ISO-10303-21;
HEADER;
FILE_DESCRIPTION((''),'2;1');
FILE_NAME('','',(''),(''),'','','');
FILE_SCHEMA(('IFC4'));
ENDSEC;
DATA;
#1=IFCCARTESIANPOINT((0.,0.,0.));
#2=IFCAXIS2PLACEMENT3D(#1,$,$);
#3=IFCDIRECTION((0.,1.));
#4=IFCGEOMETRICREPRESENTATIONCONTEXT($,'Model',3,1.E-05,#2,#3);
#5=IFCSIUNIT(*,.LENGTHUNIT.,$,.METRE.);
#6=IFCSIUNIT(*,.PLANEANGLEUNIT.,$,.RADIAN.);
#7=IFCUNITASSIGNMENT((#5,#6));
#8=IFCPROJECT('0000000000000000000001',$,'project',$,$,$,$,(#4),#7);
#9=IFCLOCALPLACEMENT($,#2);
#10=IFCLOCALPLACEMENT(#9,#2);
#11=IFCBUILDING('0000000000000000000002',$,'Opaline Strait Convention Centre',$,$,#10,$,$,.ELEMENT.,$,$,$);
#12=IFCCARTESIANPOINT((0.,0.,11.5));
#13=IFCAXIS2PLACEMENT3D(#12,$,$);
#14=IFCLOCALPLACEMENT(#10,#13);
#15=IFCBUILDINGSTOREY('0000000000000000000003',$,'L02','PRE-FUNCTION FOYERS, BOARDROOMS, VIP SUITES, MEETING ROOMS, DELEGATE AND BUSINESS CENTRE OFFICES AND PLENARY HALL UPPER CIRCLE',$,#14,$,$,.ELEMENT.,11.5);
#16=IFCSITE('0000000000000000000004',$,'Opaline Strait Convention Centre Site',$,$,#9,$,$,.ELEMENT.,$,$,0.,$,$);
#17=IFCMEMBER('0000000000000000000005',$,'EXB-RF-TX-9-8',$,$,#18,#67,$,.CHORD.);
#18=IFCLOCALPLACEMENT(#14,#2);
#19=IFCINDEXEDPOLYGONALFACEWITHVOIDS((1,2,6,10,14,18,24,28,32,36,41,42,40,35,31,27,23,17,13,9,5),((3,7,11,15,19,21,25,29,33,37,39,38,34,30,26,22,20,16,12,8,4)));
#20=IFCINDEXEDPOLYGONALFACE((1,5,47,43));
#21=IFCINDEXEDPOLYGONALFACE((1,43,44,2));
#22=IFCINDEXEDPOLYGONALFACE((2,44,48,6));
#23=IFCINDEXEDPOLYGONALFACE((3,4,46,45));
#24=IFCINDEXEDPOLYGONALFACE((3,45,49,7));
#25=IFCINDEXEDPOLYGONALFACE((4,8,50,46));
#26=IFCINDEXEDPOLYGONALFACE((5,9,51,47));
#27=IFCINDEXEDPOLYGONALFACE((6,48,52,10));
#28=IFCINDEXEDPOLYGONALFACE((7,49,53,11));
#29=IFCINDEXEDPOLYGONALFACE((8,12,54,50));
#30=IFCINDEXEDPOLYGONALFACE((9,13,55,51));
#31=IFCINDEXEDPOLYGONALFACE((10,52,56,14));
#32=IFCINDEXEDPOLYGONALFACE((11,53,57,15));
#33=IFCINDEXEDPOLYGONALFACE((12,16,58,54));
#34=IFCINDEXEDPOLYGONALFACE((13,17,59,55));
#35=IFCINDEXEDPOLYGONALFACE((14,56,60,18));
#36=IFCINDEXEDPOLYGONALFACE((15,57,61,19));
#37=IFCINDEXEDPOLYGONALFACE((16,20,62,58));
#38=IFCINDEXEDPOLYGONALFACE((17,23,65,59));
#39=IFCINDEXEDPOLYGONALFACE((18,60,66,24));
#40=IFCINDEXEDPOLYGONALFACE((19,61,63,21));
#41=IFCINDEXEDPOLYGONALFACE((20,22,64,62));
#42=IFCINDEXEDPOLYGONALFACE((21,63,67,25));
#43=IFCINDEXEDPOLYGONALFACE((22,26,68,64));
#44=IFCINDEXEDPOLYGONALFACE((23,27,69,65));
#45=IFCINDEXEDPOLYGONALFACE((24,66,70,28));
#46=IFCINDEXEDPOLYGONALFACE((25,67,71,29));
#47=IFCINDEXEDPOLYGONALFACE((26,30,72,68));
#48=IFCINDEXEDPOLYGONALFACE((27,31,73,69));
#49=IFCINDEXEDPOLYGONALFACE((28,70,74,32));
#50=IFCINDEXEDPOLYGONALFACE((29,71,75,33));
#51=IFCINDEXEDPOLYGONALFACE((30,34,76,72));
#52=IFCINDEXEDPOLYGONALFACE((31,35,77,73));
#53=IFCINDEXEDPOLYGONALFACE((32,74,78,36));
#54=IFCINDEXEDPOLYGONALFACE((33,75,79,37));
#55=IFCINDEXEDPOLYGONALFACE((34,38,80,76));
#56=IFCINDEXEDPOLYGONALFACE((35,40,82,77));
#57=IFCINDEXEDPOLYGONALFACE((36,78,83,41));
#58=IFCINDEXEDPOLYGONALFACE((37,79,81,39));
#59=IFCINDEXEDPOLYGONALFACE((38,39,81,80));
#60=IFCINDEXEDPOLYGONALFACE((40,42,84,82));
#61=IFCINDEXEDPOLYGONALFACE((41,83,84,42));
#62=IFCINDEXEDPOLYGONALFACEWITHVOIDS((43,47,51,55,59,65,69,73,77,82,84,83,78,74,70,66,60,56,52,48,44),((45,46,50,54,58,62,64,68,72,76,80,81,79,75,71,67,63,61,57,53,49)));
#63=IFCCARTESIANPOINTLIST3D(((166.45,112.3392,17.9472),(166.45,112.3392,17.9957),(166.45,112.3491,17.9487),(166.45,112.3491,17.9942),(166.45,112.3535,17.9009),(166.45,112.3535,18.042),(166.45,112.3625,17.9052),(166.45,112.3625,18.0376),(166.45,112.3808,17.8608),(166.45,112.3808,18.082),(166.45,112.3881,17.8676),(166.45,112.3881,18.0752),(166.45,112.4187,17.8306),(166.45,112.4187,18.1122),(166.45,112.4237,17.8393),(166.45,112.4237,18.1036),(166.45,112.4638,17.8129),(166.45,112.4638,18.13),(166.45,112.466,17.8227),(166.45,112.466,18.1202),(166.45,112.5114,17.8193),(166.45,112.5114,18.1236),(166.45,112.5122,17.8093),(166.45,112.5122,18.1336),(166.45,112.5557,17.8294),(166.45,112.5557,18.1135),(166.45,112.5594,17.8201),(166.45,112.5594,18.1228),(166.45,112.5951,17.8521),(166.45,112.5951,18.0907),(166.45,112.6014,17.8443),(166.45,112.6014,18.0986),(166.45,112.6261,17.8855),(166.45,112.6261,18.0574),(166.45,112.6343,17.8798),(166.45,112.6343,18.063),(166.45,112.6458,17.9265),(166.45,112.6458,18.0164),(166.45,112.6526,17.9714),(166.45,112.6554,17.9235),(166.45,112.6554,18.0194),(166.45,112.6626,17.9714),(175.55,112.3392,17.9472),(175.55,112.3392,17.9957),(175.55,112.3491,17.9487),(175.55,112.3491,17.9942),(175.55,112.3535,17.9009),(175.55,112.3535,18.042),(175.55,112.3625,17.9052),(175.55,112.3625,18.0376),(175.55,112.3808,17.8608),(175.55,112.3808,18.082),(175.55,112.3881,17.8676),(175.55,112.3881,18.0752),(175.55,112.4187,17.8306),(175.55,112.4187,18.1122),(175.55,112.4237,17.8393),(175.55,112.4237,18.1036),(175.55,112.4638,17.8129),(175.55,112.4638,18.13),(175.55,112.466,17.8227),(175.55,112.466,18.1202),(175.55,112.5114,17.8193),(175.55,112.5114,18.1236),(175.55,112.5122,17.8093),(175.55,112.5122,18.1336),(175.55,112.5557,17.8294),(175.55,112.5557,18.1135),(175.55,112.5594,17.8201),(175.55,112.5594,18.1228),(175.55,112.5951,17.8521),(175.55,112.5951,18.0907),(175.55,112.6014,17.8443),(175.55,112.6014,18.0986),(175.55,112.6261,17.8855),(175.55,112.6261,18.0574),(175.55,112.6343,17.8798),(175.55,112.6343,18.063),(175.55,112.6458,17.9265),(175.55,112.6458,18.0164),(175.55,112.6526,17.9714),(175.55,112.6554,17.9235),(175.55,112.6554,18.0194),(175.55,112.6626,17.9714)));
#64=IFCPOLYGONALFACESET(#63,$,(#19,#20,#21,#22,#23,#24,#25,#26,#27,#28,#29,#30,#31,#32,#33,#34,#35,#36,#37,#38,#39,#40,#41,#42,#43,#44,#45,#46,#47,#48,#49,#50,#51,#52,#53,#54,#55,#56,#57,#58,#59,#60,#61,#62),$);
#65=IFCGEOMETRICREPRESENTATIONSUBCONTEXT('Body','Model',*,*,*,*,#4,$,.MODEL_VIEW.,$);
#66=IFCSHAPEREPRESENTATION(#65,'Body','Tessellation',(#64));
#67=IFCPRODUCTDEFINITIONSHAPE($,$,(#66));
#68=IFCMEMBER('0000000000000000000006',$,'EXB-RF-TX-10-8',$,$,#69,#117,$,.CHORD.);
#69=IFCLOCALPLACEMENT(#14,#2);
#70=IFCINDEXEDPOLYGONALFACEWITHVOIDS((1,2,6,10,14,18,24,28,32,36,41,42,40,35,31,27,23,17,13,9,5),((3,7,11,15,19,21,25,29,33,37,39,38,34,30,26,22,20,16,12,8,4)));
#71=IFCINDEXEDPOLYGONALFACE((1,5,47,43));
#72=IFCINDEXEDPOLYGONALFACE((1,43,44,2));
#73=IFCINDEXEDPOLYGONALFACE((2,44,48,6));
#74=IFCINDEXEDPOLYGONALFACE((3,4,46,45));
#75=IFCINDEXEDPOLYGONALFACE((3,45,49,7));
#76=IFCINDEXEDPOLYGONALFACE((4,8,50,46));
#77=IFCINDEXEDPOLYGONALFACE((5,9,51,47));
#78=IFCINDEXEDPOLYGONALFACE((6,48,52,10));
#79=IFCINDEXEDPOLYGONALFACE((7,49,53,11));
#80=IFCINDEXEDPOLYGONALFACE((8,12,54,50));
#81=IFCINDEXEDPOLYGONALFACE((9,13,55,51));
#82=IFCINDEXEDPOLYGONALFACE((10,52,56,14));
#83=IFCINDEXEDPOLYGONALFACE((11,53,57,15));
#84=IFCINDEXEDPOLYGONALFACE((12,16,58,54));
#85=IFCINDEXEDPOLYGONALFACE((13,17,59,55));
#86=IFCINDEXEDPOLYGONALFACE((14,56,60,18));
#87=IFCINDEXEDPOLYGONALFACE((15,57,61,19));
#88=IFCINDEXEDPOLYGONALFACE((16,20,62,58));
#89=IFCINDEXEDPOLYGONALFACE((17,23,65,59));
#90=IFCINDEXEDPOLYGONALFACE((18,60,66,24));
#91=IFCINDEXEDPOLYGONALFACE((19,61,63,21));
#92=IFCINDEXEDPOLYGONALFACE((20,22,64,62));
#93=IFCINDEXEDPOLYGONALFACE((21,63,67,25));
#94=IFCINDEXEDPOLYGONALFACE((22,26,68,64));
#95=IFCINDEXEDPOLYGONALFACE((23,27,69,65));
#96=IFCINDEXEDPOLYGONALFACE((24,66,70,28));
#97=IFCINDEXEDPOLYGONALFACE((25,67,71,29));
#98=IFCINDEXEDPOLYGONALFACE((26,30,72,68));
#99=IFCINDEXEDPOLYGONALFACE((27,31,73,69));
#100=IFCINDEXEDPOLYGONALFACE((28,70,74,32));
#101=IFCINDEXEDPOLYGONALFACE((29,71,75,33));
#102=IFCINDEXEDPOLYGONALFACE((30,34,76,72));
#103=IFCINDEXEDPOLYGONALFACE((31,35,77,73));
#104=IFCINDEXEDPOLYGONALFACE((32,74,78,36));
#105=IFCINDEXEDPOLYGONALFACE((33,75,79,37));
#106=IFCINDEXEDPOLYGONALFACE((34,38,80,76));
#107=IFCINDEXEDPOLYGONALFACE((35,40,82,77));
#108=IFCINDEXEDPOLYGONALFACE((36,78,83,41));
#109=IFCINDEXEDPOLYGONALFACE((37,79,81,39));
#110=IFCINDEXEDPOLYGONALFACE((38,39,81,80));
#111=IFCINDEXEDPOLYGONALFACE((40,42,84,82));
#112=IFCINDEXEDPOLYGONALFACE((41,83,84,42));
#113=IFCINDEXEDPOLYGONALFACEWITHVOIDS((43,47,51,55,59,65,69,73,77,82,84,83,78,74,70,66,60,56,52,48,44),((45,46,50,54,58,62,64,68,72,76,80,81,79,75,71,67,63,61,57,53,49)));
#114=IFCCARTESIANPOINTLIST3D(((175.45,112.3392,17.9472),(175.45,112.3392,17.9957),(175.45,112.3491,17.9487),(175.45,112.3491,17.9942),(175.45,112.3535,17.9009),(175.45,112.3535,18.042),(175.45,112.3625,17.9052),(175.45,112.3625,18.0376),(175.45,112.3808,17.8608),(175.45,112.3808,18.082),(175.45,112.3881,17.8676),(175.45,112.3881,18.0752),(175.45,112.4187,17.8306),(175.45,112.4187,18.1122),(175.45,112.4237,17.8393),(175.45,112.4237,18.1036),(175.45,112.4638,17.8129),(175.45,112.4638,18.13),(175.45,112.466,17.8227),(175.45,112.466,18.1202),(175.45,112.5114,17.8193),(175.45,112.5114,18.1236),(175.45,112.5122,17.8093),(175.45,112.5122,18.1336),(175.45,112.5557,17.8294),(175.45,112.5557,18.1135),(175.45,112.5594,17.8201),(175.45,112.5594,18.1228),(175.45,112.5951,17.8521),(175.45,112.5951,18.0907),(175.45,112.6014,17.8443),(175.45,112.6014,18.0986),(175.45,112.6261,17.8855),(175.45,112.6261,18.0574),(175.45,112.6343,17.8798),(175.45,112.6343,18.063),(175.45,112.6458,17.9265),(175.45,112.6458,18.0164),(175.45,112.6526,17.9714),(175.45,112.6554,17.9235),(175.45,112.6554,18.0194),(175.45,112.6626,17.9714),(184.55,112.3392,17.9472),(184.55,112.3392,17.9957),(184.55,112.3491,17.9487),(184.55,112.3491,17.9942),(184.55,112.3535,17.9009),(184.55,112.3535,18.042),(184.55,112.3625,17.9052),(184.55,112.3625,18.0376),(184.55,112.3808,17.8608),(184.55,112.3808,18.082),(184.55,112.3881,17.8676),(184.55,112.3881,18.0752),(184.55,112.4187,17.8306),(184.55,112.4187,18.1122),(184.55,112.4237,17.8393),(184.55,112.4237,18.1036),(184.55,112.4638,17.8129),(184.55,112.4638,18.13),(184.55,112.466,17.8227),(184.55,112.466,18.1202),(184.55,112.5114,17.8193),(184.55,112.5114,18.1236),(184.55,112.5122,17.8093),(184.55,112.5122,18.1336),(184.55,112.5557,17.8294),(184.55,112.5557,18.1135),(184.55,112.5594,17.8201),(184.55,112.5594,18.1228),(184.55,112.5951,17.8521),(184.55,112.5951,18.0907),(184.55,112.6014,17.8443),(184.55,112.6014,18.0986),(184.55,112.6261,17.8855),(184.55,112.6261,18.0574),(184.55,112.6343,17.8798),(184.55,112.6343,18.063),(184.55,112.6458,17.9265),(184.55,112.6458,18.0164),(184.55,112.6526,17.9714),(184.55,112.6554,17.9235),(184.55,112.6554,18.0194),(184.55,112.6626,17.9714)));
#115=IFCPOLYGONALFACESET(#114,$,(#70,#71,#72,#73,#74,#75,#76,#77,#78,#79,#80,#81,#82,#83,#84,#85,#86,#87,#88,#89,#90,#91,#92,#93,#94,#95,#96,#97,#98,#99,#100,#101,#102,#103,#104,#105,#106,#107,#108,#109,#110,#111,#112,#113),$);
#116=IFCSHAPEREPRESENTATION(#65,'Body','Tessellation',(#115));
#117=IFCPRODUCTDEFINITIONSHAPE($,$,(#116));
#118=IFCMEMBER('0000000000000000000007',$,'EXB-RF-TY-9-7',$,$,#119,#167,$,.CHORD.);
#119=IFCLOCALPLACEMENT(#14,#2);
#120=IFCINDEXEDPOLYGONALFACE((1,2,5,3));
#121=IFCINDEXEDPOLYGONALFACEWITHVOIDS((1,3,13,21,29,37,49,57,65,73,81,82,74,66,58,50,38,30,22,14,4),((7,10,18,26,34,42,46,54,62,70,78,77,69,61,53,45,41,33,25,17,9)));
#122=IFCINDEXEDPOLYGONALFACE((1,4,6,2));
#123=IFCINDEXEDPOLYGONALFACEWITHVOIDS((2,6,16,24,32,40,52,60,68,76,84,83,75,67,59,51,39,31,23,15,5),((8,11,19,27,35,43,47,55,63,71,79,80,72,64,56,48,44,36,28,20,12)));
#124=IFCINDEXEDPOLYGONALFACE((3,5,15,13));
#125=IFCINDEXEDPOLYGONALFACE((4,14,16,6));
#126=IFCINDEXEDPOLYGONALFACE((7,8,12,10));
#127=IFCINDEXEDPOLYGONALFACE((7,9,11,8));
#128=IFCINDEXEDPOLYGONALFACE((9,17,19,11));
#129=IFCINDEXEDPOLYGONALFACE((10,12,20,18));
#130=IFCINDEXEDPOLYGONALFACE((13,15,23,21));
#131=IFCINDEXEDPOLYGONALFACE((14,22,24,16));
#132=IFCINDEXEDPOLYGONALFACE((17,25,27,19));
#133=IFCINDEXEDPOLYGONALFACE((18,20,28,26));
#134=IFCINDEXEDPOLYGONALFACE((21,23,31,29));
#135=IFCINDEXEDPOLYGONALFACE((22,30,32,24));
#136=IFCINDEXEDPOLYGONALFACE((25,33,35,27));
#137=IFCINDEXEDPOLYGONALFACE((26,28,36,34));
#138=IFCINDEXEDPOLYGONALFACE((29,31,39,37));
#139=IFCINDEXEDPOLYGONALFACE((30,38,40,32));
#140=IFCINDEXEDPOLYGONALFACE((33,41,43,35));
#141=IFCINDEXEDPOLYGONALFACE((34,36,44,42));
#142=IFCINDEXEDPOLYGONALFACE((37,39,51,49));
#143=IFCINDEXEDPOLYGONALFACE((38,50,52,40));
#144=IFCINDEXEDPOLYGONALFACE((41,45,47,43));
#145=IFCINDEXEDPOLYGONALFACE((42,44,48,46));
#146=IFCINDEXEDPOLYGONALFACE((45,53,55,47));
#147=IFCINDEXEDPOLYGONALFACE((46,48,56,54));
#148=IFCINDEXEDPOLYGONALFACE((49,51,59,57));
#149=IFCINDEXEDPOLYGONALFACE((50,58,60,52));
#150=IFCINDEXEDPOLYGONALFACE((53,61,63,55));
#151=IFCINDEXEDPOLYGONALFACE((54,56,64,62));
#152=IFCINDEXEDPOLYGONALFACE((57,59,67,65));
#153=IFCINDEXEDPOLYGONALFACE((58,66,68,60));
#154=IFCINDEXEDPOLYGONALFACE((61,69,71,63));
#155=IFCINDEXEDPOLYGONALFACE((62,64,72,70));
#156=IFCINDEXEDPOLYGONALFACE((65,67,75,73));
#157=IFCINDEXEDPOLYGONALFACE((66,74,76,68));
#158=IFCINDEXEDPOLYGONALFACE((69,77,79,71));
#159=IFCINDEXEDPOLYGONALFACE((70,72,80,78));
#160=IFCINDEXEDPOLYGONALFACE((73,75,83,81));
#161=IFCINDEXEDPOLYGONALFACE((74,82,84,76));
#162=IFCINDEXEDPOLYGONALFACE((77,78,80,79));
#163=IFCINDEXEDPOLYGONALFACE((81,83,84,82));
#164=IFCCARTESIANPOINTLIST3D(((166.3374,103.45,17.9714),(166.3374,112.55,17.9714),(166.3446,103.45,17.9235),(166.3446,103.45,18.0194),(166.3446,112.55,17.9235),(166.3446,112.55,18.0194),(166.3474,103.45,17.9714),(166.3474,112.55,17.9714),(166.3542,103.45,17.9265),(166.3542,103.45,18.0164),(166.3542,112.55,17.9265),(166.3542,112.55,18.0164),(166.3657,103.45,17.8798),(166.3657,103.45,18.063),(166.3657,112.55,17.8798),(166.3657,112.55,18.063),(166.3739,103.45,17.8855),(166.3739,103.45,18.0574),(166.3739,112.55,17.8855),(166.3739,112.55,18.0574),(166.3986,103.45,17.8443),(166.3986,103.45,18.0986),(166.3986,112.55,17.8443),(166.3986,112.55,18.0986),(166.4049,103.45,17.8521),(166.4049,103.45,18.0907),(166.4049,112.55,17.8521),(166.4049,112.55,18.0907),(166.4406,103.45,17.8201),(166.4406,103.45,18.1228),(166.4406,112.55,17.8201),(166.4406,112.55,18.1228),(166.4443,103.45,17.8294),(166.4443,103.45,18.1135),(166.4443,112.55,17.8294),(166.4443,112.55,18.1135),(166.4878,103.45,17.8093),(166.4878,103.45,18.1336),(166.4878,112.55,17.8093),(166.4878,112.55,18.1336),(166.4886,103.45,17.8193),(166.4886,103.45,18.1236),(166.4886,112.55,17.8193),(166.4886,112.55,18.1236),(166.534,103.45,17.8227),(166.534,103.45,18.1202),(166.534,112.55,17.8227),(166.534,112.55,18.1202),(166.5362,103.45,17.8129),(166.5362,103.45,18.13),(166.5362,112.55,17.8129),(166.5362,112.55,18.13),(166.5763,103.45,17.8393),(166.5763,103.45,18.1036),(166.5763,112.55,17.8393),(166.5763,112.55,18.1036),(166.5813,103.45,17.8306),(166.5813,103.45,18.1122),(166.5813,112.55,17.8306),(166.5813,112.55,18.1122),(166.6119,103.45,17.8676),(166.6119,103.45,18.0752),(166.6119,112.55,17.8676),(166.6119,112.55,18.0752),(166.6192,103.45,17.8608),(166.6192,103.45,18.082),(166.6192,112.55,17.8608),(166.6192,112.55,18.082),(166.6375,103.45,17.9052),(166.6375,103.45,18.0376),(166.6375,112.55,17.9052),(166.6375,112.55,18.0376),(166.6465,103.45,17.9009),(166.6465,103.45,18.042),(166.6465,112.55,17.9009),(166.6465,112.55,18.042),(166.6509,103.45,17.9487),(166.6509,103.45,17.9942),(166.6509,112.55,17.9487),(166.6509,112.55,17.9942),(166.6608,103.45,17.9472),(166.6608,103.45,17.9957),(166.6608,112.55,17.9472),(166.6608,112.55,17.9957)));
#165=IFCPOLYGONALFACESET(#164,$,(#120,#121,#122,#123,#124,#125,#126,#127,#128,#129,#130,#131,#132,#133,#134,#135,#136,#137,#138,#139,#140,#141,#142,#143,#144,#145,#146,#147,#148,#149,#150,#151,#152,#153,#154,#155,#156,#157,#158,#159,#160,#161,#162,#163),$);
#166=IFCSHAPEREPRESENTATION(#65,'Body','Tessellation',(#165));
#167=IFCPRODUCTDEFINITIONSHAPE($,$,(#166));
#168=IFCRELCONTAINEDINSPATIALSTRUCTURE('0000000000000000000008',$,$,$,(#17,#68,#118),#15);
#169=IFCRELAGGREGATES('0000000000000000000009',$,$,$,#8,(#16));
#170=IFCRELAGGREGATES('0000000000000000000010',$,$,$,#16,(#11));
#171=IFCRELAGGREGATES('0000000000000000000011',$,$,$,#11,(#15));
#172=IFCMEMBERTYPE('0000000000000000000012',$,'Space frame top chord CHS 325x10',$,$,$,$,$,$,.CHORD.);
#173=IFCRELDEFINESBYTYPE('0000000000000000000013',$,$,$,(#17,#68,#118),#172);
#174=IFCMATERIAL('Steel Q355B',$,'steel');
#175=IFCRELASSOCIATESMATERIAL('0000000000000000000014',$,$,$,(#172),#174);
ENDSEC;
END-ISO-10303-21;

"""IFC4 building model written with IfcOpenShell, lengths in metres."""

from ifc_helpers import new_model, si_unit, direction, frame, origin, origin_2d, place, context, subcontext, project, spatial, hollow_circle, extrude, material, material_profile, profile_set, type_object, element, save


model = new_model("IFC4")

# Units and contexts
model_context = context("Model", 3, precision=1e-05, world=origin(), true_north=direction((0.0, 1.0)))
body_context = subcontext(model_context, "Body", "Model", "MODEL_VIEW")
ifc_project = project(units=[si_unit("LENGTHUNIT", "METRE"), si_unit("PLANEANGLEUNIT", "RADIAN")], contexts=[model_context])

# Site, building, storey
site_placement = place(None, origin())
site = spatial("IfcSite", under=ifc_project, at=site_placement, Name="Opaline Strait Convention Centre Site", CompositionType="ELEMENT", RefElevation=0.0)
building_placement = place(site_placement, origin())
building = spatial("IfcBuilding", under=site, at=building_placement, Name="Opaline Strait Convention Centre", CompositionType="ELEMENT")
storey_placement = place(building_placement, frame((0.0, 0.0, 11.5)))
storey = spatial("IfcBuildingStorey", under=building, at=storey_placement, Name="L02", Description="PRE-FUNCTION FOYERS, BOARDROOMS, VIP SUITES, MEETING ROOMS, DELEGATE AND BUSINESS CENTRE OFFICES AND PLENARY HALL UPPER CIRCLE", CompositionType="ELEMENT", Elevation=11.5)

# Members
ifc_material = material(Name="Steel Q355B", Category="steel")
ifc_material_profile_1 = material_profile(ifc_material, hollow_circle(Radius=0.1626, WallThickness=0.01, at=origin_2d()), Name="CHS 325x10")
ifc_profile_set_1 = profile_set([ifc_material_profile_1], Name="Steel Q355B")
member_type_1 = type_object("IfcMemberType", Name="Space frame top chord CHS 325x10", PredefinedType="CHORD", material=ifc_profile_set_1)
for number, where, z_axis, x_axis, name in (
    (1, (166.45, 112.5, 17.9714), (1.0, 0.0, 0.0), (0.0, 1.0, 0.0), "EXB-RF-TX-9-8"),
    (2, (175.45, 112.5, 17.9714), (1.0, 0.0, 0.0), (0.0, 1.0, 0.0), "EXB-RF-TX-10-8"),
    (3, (166.5, 103.45, 17.9714), (0.0, 1.0, 0.0), (-1.0, 0.0, 0.0), "EXB-RF-TY-9-7"),
):
    element("IfcMember", number, at=place(storey_placement, frame(where, z_axis=z_axis, x_axis=x_axis)), inside=storey, type_object=member_type_1, Name=name, PredefinedType="CHORD", context=body_context, shape_type="SweptSolid", body=[
        extrude(hollow_circle(Radius=0.1626, WallThickness=0.01, at=origin_2d()), origin(), (0.0, 0.0, 1.0), 9.1001),
    ])

save(model, "model.ifc")
